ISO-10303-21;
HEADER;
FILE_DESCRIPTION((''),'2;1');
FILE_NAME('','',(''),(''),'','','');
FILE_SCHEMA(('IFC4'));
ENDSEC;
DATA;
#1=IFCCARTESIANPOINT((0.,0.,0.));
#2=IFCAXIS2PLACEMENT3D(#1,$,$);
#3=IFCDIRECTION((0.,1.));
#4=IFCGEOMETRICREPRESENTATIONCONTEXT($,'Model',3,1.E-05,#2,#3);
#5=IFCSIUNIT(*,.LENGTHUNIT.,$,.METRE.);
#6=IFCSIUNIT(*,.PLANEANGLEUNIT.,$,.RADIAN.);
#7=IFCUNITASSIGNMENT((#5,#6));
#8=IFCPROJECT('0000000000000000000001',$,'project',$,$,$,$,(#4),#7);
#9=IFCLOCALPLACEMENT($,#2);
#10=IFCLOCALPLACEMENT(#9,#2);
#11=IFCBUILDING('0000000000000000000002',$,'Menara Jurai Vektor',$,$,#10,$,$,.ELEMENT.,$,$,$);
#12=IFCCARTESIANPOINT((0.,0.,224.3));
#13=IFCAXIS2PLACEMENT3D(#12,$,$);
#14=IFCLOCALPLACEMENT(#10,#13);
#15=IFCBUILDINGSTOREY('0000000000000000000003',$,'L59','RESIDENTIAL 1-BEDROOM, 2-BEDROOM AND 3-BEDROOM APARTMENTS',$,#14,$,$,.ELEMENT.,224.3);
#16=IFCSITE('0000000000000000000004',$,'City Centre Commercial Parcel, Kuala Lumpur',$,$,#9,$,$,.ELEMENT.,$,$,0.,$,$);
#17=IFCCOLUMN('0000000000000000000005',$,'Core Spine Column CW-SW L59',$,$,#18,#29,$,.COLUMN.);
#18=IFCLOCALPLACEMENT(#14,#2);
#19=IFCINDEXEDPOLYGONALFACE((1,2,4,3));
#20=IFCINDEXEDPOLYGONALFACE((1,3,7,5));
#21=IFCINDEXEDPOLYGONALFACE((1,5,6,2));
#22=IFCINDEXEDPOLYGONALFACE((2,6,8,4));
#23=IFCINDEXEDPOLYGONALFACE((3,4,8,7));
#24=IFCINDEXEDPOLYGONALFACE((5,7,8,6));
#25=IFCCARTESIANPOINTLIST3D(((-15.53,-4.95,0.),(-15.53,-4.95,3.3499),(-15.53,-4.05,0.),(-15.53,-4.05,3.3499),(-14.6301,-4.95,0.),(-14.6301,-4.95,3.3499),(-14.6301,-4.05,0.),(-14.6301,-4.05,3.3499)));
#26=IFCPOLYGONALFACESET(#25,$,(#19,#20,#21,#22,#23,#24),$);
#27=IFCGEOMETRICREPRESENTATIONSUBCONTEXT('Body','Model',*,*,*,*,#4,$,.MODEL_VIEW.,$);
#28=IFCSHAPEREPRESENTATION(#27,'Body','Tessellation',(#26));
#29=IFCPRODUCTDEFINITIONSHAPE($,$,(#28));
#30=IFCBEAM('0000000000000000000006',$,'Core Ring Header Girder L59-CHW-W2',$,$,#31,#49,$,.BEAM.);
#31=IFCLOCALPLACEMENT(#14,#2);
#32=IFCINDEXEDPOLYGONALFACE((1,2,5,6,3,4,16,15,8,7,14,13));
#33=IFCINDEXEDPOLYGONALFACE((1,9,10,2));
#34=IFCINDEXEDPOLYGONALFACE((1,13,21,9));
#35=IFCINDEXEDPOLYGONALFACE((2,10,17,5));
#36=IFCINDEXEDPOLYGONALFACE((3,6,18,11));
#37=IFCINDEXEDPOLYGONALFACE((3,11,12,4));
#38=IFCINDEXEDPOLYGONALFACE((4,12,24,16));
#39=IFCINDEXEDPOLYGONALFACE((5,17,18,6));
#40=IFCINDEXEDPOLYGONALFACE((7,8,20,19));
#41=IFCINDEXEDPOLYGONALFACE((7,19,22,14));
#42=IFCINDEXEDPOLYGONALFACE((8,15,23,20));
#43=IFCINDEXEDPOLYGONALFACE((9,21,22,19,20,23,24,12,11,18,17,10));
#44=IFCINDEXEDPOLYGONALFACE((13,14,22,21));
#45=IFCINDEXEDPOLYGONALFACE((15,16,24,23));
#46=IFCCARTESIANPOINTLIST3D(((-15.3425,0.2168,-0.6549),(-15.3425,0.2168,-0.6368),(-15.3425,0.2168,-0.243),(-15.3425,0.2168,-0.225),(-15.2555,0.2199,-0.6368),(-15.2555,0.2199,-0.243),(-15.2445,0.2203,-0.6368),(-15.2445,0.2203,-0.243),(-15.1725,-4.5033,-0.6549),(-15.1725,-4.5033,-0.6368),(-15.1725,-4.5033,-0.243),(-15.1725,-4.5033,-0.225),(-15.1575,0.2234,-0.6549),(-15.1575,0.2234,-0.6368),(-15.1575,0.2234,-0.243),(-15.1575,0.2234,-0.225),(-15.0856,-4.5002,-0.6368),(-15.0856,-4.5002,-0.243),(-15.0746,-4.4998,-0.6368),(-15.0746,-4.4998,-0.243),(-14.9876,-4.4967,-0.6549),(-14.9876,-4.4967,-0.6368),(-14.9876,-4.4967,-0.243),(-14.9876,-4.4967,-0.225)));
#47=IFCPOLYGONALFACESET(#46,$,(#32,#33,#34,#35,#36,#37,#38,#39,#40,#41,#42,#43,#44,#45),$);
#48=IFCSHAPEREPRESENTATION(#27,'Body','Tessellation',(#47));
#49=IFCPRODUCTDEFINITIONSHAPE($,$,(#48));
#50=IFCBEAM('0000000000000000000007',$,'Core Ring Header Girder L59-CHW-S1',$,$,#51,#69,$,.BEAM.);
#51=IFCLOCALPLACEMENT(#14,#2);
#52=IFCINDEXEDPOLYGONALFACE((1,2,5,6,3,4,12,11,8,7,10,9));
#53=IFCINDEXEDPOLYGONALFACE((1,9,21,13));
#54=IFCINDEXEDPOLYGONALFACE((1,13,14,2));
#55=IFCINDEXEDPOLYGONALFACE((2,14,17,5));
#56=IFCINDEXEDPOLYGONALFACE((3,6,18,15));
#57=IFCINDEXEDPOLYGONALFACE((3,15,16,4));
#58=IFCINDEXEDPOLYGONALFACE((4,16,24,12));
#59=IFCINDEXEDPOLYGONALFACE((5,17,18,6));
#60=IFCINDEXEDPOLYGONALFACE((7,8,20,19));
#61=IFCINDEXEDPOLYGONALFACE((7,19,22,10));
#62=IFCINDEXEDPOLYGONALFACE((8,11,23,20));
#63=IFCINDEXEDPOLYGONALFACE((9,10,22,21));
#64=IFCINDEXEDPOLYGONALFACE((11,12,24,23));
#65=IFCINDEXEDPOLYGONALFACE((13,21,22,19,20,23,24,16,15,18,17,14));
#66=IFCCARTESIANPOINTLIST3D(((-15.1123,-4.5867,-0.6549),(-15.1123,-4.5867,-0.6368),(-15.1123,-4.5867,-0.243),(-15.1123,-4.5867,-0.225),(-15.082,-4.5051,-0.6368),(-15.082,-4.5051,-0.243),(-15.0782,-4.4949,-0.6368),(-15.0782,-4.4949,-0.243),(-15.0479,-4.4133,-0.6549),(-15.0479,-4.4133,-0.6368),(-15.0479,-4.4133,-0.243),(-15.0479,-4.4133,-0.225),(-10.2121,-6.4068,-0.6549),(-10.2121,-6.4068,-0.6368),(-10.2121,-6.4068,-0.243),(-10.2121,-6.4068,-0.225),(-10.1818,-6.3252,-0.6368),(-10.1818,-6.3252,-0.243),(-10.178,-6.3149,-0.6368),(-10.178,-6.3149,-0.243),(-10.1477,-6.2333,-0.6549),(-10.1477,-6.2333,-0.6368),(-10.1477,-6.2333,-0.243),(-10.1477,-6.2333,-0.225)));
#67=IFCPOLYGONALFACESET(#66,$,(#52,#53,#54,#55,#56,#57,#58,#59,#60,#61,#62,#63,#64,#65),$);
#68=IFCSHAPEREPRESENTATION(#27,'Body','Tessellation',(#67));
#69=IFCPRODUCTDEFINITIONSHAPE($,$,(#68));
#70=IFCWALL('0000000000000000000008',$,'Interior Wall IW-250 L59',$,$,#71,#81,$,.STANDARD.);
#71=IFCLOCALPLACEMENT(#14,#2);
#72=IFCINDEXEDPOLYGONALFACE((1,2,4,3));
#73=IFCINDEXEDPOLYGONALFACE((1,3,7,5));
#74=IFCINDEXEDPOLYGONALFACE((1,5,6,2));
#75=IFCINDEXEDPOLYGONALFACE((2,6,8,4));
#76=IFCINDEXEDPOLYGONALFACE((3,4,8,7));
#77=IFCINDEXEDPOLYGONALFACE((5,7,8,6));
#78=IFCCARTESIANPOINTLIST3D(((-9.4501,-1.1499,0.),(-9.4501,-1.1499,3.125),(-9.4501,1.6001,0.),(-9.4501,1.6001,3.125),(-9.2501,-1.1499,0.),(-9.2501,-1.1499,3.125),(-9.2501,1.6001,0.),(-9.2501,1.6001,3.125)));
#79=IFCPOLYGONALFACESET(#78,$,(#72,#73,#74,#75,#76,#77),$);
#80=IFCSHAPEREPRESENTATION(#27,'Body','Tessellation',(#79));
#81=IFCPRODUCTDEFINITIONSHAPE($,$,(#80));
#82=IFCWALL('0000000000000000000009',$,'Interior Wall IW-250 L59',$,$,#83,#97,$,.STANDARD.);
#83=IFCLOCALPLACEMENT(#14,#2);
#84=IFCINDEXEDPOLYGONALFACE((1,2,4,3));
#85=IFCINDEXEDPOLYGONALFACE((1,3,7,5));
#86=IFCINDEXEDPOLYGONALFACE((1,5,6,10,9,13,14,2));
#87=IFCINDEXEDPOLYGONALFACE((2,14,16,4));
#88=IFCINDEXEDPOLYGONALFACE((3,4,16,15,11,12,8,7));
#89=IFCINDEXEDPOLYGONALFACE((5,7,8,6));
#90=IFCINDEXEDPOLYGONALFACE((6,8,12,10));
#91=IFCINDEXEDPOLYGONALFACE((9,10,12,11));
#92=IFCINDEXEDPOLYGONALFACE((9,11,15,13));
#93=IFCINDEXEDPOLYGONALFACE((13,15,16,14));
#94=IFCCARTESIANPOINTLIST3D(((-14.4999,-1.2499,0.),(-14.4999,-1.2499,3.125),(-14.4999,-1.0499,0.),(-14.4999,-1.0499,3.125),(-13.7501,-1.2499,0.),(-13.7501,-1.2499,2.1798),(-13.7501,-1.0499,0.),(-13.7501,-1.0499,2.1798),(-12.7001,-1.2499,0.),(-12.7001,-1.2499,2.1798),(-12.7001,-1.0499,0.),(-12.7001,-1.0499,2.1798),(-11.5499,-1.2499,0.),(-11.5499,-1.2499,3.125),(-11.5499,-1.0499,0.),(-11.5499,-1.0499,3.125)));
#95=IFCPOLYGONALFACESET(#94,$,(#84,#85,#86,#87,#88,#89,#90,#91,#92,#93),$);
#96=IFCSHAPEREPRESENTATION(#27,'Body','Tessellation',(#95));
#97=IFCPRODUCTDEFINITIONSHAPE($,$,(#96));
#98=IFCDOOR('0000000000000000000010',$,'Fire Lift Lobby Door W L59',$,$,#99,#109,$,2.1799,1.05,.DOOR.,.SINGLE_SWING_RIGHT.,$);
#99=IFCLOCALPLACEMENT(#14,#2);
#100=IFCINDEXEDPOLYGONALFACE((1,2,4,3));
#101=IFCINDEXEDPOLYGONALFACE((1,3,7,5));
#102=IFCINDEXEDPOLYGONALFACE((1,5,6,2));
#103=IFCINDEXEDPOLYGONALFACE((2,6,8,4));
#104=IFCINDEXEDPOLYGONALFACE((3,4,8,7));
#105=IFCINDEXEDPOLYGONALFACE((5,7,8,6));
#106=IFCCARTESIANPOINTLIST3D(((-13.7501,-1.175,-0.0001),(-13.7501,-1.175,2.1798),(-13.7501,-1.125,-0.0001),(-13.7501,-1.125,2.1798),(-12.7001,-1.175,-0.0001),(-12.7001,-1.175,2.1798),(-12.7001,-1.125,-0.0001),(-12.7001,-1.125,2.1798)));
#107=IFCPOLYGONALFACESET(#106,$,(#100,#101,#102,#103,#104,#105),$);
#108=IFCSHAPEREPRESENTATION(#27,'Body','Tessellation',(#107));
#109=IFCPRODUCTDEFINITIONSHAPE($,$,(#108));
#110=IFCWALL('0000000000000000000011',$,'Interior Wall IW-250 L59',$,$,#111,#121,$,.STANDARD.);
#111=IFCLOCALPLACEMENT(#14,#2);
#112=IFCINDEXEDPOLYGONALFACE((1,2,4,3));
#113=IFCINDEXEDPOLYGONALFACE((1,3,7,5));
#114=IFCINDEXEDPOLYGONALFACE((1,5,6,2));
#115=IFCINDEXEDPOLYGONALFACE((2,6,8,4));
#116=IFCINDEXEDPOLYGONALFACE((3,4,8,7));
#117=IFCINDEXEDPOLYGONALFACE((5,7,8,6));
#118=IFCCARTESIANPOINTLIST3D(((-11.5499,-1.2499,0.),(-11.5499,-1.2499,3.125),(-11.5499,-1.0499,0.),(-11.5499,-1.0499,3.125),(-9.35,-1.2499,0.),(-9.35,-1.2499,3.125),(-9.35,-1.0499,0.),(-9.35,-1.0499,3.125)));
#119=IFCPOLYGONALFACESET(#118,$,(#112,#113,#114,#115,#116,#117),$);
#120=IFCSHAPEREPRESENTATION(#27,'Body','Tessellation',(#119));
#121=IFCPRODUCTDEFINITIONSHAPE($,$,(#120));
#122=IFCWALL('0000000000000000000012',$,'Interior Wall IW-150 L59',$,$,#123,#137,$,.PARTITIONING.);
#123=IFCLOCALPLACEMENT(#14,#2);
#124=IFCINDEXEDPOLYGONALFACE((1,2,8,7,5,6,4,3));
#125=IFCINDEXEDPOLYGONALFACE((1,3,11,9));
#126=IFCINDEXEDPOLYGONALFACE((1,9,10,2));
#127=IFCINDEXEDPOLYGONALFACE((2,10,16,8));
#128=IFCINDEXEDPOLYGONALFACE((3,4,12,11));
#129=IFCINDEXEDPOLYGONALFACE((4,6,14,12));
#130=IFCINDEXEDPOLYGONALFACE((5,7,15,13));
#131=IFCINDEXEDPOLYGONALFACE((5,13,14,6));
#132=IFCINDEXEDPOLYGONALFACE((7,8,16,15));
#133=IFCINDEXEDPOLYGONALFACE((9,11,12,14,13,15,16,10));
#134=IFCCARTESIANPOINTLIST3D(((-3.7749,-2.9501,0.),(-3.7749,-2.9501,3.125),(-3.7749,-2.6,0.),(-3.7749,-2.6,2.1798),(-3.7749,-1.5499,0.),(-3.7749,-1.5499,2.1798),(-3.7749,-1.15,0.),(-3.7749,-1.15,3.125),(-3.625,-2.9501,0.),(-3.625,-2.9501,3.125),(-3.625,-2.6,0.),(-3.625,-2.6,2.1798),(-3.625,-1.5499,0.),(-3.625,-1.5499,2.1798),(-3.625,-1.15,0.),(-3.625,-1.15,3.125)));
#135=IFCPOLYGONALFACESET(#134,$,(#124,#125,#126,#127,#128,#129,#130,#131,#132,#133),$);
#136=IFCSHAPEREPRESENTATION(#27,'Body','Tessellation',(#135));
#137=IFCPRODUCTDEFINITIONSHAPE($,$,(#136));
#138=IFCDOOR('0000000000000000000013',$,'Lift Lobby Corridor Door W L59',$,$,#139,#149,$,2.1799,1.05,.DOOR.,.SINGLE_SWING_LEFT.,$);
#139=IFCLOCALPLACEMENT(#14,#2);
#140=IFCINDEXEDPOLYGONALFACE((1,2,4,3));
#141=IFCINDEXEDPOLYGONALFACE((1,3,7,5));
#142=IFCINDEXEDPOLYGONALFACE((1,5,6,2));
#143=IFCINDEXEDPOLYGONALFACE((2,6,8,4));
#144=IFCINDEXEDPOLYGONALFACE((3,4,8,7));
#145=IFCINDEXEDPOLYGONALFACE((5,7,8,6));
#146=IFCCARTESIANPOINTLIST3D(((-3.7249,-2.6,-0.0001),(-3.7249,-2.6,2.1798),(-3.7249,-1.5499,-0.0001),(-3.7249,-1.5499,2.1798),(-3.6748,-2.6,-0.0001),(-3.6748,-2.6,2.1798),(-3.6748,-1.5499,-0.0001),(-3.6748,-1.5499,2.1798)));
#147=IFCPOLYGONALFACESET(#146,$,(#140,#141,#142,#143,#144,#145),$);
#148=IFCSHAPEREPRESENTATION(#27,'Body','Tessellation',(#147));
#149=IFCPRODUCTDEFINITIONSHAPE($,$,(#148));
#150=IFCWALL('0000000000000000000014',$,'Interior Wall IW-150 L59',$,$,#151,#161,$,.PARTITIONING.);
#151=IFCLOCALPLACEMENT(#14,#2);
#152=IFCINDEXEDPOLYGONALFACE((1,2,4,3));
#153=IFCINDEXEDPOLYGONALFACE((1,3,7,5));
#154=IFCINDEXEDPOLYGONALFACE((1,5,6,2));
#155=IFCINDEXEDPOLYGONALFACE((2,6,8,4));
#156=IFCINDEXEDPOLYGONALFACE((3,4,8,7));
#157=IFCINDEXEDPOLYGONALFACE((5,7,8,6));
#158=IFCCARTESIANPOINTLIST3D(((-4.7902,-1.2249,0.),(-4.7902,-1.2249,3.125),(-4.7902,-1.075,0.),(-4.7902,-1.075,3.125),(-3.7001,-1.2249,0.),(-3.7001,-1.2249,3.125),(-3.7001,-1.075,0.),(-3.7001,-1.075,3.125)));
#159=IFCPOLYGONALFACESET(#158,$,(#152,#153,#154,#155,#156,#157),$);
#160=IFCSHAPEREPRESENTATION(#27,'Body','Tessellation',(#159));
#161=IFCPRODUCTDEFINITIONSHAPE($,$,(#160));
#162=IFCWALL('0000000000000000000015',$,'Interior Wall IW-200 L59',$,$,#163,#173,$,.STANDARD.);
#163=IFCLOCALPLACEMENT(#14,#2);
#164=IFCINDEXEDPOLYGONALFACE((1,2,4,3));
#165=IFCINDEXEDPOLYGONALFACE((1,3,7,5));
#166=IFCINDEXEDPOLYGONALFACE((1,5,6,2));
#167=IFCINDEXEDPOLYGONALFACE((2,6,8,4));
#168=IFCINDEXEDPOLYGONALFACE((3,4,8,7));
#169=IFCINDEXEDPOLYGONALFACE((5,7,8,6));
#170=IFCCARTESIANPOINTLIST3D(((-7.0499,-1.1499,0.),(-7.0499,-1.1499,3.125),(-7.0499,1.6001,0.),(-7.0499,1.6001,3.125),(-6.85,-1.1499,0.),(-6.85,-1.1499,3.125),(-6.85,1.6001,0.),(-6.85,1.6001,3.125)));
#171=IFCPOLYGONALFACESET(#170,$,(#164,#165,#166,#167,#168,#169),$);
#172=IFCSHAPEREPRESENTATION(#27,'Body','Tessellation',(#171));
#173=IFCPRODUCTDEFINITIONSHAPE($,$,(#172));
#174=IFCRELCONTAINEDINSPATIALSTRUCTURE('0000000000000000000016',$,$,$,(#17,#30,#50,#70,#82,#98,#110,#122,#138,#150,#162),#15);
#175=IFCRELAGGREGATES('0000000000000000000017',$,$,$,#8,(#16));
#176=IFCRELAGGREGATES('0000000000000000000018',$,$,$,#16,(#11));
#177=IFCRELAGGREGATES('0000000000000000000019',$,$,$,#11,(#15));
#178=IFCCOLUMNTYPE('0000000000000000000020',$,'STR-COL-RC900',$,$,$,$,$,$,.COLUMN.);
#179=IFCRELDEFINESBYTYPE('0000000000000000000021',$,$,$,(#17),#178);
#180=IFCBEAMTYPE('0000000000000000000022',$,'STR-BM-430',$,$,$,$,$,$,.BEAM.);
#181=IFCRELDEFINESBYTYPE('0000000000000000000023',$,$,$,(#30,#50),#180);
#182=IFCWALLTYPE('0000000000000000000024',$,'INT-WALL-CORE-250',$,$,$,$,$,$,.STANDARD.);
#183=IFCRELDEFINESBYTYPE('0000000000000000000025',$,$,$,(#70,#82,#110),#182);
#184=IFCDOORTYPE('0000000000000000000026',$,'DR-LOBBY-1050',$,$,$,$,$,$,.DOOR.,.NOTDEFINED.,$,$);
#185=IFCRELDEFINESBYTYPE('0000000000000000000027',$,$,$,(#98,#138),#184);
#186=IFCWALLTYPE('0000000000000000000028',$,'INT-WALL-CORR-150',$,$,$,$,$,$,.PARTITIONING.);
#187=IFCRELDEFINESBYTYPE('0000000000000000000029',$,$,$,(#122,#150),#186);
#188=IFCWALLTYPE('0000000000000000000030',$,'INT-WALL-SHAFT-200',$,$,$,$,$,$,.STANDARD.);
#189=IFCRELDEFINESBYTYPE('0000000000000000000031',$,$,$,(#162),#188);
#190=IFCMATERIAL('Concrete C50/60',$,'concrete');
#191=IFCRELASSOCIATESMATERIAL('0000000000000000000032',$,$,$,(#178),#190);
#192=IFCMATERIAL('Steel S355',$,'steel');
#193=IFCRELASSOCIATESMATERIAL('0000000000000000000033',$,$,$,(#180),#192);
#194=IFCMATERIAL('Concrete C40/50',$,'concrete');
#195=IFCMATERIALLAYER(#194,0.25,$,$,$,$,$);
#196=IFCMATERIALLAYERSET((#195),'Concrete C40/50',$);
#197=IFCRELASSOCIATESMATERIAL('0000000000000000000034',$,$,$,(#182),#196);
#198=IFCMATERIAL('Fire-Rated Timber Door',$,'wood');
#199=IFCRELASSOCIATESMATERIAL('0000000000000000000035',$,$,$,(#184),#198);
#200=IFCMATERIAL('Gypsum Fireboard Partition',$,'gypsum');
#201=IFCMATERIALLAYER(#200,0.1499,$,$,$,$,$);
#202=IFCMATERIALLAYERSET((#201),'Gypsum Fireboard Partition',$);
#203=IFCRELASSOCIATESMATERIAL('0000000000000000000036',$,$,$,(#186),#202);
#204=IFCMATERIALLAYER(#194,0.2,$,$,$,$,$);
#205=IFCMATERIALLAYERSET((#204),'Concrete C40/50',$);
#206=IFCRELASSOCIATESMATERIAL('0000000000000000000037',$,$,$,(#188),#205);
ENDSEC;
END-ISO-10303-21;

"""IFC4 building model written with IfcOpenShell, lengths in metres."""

from ifc_helpers import new_model, si_unit, direction, frame, frame_2d, origin, origin_2d, place, context, subcontext, project, spatial, rectangle, i_section, extrude, material, layer, layer_set, material_profile, profile_set, type_object, element, fill, save


model = new_model("IFC4")

# Units and contexts
model_context = context("Model", 3, precision=1e-05, world=origin(), true_north=direction((0.0, 1.0)))
body_context = subcontext(model_context, "Body", "Model", "MODEL_VIEW")
ifc_project = project(units=[si_unit("LENGTHUNIT", "METRE"), si_unit("PLANEANGLEUNIT", "RADIAN")], contexts=[model_context])

# Site, building, storey
site_placement = place(None, origin())
site = spatial("IfcSite", under=ifc_project, at=site_placement, Name="City Centre Commercial Parcel, Kuala Lumpur", CompositionType="ELEMENT", RefElevation=0.0)
building_placement = place(site_placement, origin())
building = spatial("IfcBuilding", under=site, at=building_placement, Name="Menara Jurai Vektor", CompositionType="ELEMENT")
storey_placement = place(building_placement, frame((0.0, 0.0, 224.3)))
storey = spatial("IfcBuildingStorey", under=building, at=storey_placement, Name="L59", Description="RESIDENTIAL 1-BEDROOM, 2-BEDROOM AND 3-BEDROOM APARTMENTS", CompositionType="ELEMENT", Elevation=224.3)

# Column
ifc_material_1 = material(Name="Concrete C50/60", Category="concrete")
ifc_material_profile_1 = material_profile(ifc_material_1, rectangle(XDim=0.8999, YDim=0.8999, at=origin_2d()), Name="RC 900x900")
ifc_profile_set_1 = profile_set([ifc_material_profile_1], Name="Concrete C50/60")
column_type = type_object("IfcColumnType", Name="STR-COL-RC900", PredefinedType="COLUMN", material=ifc_profile_set_1)
column_placement = place(storey_placement, frame((-15.0801, -4.5, 0.0), z_axis=(0.0, 0.0, 1.0), x_axis=(1.0, 0.0, 0.0)))
element("IfcColumn", 1, at=column_placement, inside=storey, type_object=column_type, Name="Core Spine Column CW-SW L59", PredefinedType="COLUMN", context=body_context, shape_type="SweptSolid", body=[
    extrude(rectangle(XDim=0.8999, YDim=0.8999, at=origin_2d()), origin(), (0.0, 0.0, 1.0), 3.3499),
])

# Beams
ifc_material_2 = material(Name="Steel S355", Category="steel")
ifc_material_profile_2 = material_profile(ifc_material_2, i_section(OverallWidth=0.1851, OverallDepth=0.4299, WebThickness=0.011, FlangeThickness=0.0181, at=origin_2d()), Name="PG 430x185x76")
ifc_profile_set_2 = profile_set([ifc_material_profile_2], Name="Steel S355")
beam_type = type_object("IfcBeamType", Name="STR-BM-430", PredefinedType="BEAM", material=ifc_profile_set_2)
beam_1_placement = place(storey_placement, frame((-15.0801, -4.5, -0.4399), z_axis=(-0.035977, 0.999353, 0.0), x_axis=(-0.999353, -0.035977, 0.0)))
element("IfcBeam", 2, at=beam_1_placement, inside=storey, type_object=beam_type, Name="Core Ring Header Girder L59-CHW-W2", PredefinedType="BEAM", context=body_context, shape_type="SweptSolid", body=[
    extrude(i_section(OverallWidth=0.1851, OverallDepth=0.4299, WebThickness=0.011, FlangeThickness=0.0181, at=origin_2d()), origin(), (0.0, 0.0, 1.0), 4.7231),
])
beam_2_placement = place(storey_placement, frame((-15.0801, -4.5, -0.4399), z_axis=(0.937424, -0.348189, 0.0), x_axis=(0.348189, 0.937424, 0.0)))
element("IfcBeam", 3, at=beam_2_placement, inside=storey, type_object=beam_type, Name="Core Ring Header Girder L59-CHW-S1", PredefinedType="BEAM", context=body_context, shape_type="SweptSolid", body=[
    extrude(i_section(OverallWidth=0.1851, OverallDepth=0.4299, WebThickness=0.011, FlangeThickness=0.0181, at=origin_2d()), origin(), (0.0, 0.0, 1.0), 5.2273),
])

# Shared definitions
ifc_material_3 = material(Name="Concrete C40/50", Category="concrete")
ifc_layer_1 = layer(ifc_material_3, 0.25)
ifc_layer_set_1 = layer_set([ifc_layer_1], Name="Concrete C40/50")
wall_type_1 = type_object("IfcWallType", Name="INT-WALL-CORE-250", PredefinedType="STANDARD", material=ifc_layer_set_1)

# Wall
wall_1_placement = place(storey_placement, frame((-9.3501, -1.1499, 0.0), z_axis=(0.0, 0.0, 1.0), x_axis=(0.0, 1.0, 0.0)))
element("IfcWall", 4, at=wall_1_placement, inside=storey, type_object=wall_type_1, Name="Interior Wall IW-250 L59", PredefinedType="STANDARD", context=body_context, shape_type="SweptSolid", body=[
    extrude(rectangle(XDim=2.75, YDim=0.2, at=frame_2d((1.375, 0.0))), origin(), (0.0, 0.0, 1.0), 3.125),
])

# Wall, opening, door
wall_2_placement = place(storey_placement, frame((-14.5, -1.1499, 0.0), z_axis=(0.0, 0.0, 1.0), x_axis=(1.0, 0.0, 0.0)))
wall_2 = element("IfcWall", 5, at=wall_2_placement, inside=storey, type_object=wall_type_1, Name="Interior Wall IW-250 L59", PredefinedType="STANDARD", context=body_context, shape_type="SweptSolid", body=[
    extrude(rectangle(XDim=2.95, YDim=0.2, at=frame_2d((1.4751, 0.0))), origin(), (0.0, 0.0, 1.0), 3.125),
])
opening_1_placement = place(wall_2_placement, frame((0.75, 0.0, 0.0)))
opening_1 = element("IfcOpeningElement", 6, at=opening_1_placement, cuts=wall_2, PredefinedType="OPENING", context=body_context, shape_type="SweptSolid", body=[
    extrude(rectangle(XDim=1.05, YDim=2.1799, at=frame_2d((0.5249, 1.0898))), frame((0.0, 0.1099, 0.0), z_axis=(0.0, -1.0, 0.0), x_axis=(1.0, 0.0, 0.0)), (0.0, 0.0, 1.0), 0.22),
])
ifc_material_4 = material(Name="Fire-Rated Timber Door", Category="wood")
door_type_1 = type_object("IfcDoorType", Name="DR-LOBBY-1050", OperationType="NOTDEFINED", PredefinedType="DOOR", material=ifc_material_4)
door_1_placement = place(opening_1_placement, origin())
door_1 = element("IfcDoor", 7, at=door_1_placement, inside=storey, type_object=door_type_1, Name="Fire Lift Lobby Door W L59", OperationType="SINGLE_SWING_RIGHT", OverallHeight=2.1799, OverallWidth=1.05, PredefinedType="DOOR", context=body_context, shape_type="SweptSolid", body=[
    extrude(rectangle(XDim=1.05, YDim=2.1799, at=frame_2d((0.5249, 1.0898))), frame((0.0, 0.0249, 0.0), z_axis=(0.0, -1.0, 0.0), x_axis=(1.0, 0.0, 0.0)), (0.0, 0.0, 1.0), 0.05),
])
fill(opening_1, door_1)

# Wall
wall_3_placement = place(storey_placement, frame((-11.55, -1.1499, 0.0), z_axis=(0.0, 0.0, 1.0), x_axis=(1.0, 0.0, 0.0)))
element("IfcWall", 8, at=wall_3_placement, inside=storey, type_object=wall_type_1, Name="Interior Wall IW-250 L59", PredefinedType="STANDARD", context=body_context, shape_type="SweptSolid", body=[
    extrude(rectangle(XDim=2.2, YDim=0.2, at=frame_2d((1.1001, 0.0))), origin(), (0.0, 0.0, 1.0), 3.125),
])

# Wall, opening, door
ifc_material_5 = material(Name="Gypsum Fireboard Partition", Category="gypsum")
ifc_layer_2 = layer(ifc_material_5, 0.1499)
ifc_layer_set_2 = layer_set([ifc_layer_2], Name="Gypsum Fireboard Partition")
wall_type_2 = type_object("IfcWallType", Name="INT-WALL-CORR-150", PredefinedType="PARTITIONING", material=ifc_layer_set_2)
wall_4_placement = place(storey_placement, frame((-3.7, -2.95, 0.0), z_axis=(0.0, 0.0, 1.0), x_axis=(0.0, 1.0, 0.0)))
wall_4 = element("IfcWall", 9, at=wall_4_placement, inside=storey, type_object=wall_type_2, Name="Interior Wall IW-150 L59", PredefinedType="PARTITIONING", context=body_context, shape_type="SweptSolid", body=[
    extrude(rectangle(XDim=1.8, YDim=0.1499, at=frame_2d((0.8999, 0.0))), origin(), (0.0, 0.0, 1.0), 3.125),
])
opening_2_placement = place(wall_4_placement, frame((0.3501, 0.0, 0.0)))
opening_2 = element("IfcOpeningElement", 10, at=opening_2_placement, cuts=wall_4, PredefinedType="OPENING", context=body_context, shape_type="SweptSolid", body=[
    extrude(rectangle(XDim=1.05, YDim=2.1799, at=frame_2d((0.5249, 1.0898))), frame((0.0, 0.085, 0.0), z_axis=(0.0, -1.0, 0.0), x_axis=(1.0, 0.0, 0.0)), (0.0, 0.0, 1.0), 0.1699),
])
door_2_placement = place(opening_2_placement, origin())
door_2 = element("IfcDoor", 11, at=door_2_placement, inside=storey, type_object=door_type_1, Name="Lift Lobby Corridor Door W L59", OperationType="SINGLE_SWING_LEFT", OverallHeight=2.1799, OverallWidth=1.05, PredefinedType="DOOR", context=body_context, shape_type="SweptSolid", body=[
    extrude(rectangle(XDim=1.05, YDim=2.1799, at=frame_2d((0.5249, 1.0898))), frame((0.0, 0.0249, 0.0), z_axis=(0.0, -1.0, 0.0), x_axis=(1.0, 0.0, 0.0)), (0.0, 0.0, 1.0), 0.05),
])
fill(opening_2, door_2)

# Wall
wall_5_placement = place(storey_placement, frame((-4.79, -1.1499, 0.0), z_axis=(0.0, 0.0, 1.0), x_axis=(1.0, 0.0, 0.0)))
element("IfcWall", 12, at=wall_5_placement, inside=storey, type_object=wall_type_2, Name="Interior Wall IW-150 L59", PredefinedType="PARTITIONING", context=body_context, shape_type="SweptSolid", body=[
    extrude(rectangle(XDim=1.0901, YDim=0.1499, at=frame_2d((0.5449, 0.0))), origin(), (0.0, 0.0, 1.0), 3.125),
])

# Shared definitions
ifc_layer_3 = layer(ifc_material_3, 0.2)
ifc_layer_set_3 = layer_set([ifc_layer_3], Name="Concrete C40/50")
wall_type_3 = type_object("IfcWallType", Name="INT-WALL-SHAFT-200", PredefinedType="STANDARD", material=ifc_layer_set_3)

# Wall
wall_6_placement = place(storey_placement, frame((-6.95, -1.1499, 0.0), z_axis=(0.0, 0.0, 1.0), x_axis=(0.0, 1.0, 0.0)))
element("IfcWall", 13, at=wall_6_placement, inside=storey, type_object=wall_type_3, Name="Interior Wall IW-200 L59", PredefinedType="STANDARD", context=body_context, shape_type="SweptSolid", body=[
    extrude(rectangle(XDim=2.75, YDim=0.2, at=frame_2d((1.375, 0.0))), origin(), (0.0, 0.0, 1.0), 3.125),
])

save(model, "model.ifc")
